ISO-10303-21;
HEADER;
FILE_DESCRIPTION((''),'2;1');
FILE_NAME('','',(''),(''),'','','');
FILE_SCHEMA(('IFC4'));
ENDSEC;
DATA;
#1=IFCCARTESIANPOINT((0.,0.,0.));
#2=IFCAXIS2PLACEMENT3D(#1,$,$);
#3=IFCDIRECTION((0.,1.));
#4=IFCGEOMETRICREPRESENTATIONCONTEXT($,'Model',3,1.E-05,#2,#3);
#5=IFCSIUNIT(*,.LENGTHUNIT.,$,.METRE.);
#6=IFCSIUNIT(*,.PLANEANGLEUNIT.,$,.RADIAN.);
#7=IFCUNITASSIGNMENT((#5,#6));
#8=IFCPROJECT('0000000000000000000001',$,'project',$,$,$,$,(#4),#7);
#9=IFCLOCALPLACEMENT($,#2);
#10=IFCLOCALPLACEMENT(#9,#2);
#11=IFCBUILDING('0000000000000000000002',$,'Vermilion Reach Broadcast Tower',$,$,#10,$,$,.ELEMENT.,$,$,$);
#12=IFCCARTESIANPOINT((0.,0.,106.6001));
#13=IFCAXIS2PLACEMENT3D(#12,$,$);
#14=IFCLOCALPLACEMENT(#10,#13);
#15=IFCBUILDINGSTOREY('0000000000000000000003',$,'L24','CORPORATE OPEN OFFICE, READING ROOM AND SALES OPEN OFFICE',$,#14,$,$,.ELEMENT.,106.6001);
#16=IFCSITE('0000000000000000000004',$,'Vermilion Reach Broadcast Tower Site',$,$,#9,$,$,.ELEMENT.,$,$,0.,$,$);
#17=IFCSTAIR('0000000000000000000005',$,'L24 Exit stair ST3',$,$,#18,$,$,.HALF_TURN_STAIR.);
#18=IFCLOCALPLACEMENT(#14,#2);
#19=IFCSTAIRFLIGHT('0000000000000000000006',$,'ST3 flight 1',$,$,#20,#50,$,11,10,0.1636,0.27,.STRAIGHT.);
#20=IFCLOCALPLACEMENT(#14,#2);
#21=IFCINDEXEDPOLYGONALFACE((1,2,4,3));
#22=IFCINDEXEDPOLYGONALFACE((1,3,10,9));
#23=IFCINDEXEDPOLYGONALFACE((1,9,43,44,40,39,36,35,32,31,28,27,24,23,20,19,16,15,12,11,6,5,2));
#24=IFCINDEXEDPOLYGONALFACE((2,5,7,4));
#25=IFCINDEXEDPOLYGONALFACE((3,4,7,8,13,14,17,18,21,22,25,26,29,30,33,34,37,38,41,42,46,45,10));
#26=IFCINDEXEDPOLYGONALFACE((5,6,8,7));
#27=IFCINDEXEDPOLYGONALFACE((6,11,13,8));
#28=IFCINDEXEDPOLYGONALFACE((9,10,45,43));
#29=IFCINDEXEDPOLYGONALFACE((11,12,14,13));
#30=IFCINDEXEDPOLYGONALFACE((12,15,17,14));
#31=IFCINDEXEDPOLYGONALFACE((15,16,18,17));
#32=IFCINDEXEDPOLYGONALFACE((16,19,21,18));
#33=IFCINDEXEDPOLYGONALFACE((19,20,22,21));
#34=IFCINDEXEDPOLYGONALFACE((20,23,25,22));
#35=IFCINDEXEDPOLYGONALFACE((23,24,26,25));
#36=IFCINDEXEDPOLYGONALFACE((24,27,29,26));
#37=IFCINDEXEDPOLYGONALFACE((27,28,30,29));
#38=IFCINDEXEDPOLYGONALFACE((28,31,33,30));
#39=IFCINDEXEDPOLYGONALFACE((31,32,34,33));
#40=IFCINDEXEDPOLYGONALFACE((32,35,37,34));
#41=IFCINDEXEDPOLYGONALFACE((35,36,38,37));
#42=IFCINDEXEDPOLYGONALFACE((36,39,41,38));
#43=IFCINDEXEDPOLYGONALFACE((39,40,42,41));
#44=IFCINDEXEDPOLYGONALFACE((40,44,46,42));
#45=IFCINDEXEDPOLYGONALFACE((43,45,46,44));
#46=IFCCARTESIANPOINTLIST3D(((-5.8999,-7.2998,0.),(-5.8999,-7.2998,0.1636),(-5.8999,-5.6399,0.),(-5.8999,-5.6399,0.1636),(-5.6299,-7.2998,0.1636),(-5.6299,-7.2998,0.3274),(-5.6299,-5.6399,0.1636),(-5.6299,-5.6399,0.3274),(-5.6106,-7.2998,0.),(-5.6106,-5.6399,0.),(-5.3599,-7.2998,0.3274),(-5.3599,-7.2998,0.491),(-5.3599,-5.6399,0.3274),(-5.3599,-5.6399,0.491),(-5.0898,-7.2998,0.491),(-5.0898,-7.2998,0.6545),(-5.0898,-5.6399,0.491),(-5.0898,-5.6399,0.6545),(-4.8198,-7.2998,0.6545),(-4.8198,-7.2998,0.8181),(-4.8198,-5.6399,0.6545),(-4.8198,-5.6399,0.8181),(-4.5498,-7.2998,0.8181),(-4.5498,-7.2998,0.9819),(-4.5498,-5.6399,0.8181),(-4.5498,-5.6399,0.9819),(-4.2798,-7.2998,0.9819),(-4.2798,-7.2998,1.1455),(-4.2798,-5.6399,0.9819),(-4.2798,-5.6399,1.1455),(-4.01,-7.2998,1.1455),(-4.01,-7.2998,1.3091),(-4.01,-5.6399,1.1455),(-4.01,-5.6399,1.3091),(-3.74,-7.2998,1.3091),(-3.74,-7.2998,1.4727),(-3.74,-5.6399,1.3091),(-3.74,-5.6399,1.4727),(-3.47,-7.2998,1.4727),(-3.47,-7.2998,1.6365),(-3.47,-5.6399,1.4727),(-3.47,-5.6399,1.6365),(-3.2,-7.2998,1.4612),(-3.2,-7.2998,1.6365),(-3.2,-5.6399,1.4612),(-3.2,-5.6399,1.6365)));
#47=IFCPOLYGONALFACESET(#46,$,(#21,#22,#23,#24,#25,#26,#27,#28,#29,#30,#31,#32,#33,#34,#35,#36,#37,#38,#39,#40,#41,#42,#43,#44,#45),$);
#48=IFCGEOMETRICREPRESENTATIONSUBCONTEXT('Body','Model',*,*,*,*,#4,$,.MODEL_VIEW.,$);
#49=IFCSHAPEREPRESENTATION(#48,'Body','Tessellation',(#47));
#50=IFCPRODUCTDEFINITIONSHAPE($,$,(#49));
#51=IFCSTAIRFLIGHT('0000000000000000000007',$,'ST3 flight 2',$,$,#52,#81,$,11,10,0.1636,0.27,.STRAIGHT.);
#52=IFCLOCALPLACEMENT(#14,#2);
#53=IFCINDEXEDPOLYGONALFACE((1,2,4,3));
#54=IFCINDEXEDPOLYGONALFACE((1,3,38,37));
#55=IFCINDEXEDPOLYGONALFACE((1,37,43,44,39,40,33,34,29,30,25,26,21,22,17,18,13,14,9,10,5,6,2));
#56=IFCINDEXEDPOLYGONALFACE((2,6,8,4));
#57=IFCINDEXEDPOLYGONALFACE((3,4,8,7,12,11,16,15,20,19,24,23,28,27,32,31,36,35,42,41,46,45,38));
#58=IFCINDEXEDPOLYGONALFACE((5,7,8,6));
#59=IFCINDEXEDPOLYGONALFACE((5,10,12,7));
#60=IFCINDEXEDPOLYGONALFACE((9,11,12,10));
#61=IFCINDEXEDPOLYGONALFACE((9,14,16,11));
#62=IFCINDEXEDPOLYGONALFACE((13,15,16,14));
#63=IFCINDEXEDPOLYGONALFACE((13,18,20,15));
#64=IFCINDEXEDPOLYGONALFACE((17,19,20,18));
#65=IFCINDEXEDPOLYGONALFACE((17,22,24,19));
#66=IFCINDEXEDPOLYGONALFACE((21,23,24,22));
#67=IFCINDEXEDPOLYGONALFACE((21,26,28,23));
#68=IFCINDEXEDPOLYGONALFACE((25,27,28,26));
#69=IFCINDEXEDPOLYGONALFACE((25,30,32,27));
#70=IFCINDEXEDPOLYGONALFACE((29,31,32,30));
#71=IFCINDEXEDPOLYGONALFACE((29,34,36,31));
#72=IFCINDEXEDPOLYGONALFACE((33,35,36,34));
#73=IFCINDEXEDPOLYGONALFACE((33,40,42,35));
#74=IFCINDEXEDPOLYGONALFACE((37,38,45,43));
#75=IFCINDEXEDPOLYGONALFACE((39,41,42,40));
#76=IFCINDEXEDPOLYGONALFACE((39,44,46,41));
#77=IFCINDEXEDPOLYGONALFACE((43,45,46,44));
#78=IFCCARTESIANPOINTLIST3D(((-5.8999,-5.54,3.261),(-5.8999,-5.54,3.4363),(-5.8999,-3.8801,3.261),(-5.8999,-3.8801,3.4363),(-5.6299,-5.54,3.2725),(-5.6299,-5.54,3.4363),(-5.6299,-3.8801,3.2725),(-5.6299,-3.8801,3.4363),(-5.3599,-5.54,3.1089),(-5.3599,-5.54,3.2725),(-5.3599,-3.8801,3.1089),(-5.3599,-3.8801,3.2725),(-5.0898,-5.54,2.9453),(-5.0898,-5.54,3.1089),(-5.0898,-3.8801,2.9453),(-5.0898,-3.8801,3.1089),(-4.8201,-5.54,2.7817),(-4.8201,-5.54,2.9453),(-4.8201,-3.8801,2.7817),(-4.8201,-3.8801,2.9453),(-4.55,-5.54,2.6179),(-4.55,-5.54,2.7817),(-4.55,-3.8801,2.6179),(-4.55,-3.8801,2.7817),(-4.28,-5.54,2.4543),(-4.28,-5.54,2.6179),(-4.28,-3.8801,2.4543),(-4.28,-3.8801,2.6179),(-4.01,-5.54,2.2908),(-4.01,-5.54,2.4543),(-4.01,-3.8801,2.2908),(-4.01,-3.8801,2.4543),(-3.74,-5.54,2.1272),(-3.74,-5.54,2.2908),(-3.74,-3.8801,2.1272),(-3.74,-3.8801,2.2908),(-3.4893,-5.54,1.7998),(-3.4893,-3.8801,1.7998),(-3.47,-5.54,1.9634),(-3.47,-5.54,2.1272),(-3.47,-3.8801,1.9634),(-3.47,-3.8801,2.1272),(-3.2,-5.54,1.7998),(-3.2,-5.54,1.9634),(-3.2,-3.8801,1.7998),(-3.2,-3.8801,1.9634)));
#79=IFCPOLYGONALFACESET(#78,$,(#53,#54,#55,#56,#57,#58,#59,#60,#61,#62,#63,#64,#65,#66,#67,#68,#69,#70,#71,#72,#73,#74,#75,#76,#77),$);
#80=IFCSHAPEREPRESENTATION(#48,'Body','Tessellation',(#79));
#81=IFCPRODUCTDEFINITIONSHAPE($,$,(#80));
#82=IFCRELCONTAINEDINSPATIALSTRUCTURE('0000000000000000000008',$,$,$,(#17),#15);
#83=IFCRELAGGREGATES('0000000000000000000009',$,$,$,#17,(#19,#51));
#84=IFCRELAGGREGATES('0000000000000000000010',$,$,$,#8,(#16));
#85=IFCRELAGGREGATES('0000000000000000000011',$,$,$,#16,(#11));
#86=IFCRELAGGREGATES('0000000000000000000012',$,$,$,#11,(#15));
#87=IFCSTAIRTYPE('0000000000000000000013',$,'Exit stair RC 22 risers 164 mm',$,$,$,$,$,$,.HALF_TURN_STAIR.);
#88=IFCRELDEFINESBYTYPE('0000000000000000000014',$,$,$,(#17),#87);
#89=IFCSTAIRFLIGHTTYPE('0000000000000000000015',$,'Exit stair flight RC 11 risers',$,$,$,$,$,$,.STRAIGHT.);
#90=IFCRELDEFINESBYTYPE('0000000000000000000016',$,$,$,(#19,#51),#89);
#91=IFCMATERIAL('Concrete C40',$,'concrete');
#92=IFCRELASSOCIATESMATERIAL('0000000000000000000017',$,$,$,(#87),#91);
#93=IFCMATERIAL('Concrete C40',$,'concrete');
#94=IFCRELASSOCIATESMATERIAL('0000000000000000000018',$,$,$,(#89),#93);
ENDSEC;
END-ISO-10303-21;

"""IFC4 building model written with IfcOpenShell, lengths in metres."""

from ifc_helpers import new_model, si_unit, direction, frame, origin, place, context, subcontext, project, spatial, polyline, outline, extrude, material, type_object, element, aggregate, save


model = new_model("IFC4")

# Units and contexts
model_context = context("Model", 3, precision=1e-05, world=origin(), true_north=direction((0.0, 1.0)))
body_context = subcontext(model_context, "Body", "Model", "MODEL_VIEW")
ifc_project = project(units=[si_unit("LENGTHUNIT", "METRE"), si_unit("PLANEANGLEUNIT", "RADIAN")], contexts=[model_context])

# Site, building, storey
site_placement = place(None, origin())
site = spatial("IfcSite", under=ifc_project, at=site_placement, Name="Vermilion Reach Broadcast Tower Site", CompositionType="ELEMENT", RefElevation=0.0)
building_placement = place(site_placement, origin())
building = spatial("IfcBuilding", under=site, at=building_placement, Name="Vermilion Reach Broadcast Tower", CompositionType="ELEMENT")
storey_placement = place(building_placement, frame((0.0, 0.0, 106.6001)))
storey = spatial("IfcBuildingStorey", under=building, at=storey_placement, Name="L24", Description="CORPORATE OPEN OFFICE, READING ROOM AND SALES OPEN OFFICE", CompositionType="ELEMENT", Elevation=106.6001)

# Stair, stair flights
ifc_material_1 = material(Name="Concrete C40", Category="concrete")
stair_type = type_object("IfcStairType", Name="Exit stair RC 22 risers 164 mm", PredefinedType="HALF_TURN_STAIR", material=ifc_material_1)
stair_placement = place(storey_placement, origin())
stair = element("IfcStair", 1, at=stair_placement, inside=storey, type_object=stair_type, Name="L24 Exit stair ST3", PredefinedType="HALF_TURN_STAIR")
ifc_material_2 = material(Name="Concrete C40", Category="concrete")
stair_flight_type = type_object("IfcStairFlightType", Name="Exit stair flight RC 11 risers", PredefinedType="STRAIGHT", material=ifc_material_2)
stair_flight_1_placement = place(storey_placement, frame((-5.8999, -6.47, 0.0), z_axis=(0.0, 0.0, 1.0), x_axis=(1.0, 0.0, 0.0)))
stair_flight_1 = element("IfcStairFlight", 2, at=stair_flight_1_placement, type_object=stair_flight_type, Name="ST3 flight 1", NumberOfRisers=11, NumberOfTreads=10, PredefinedType="STRAIGHT", RiserHeight=0.1636, TreadLength=0.27, context=body_context, shape_type="SweptSolid", body=[
    extrude(outline(polyline([(0.0, 0.0), (0.0, 0.1636), (0.27, 0.1636), (0.27, 0.3274), (0.54, 0.3274), (0.54, 0.491), (0.8101, 0.491), (0.8101, 0.6545), (1.0801, 0.6545), (1.0801, 0.8181), (1.3501, 0.8181), (1.3501, 0.9819), (1.6201, 0.9819), (1.6201, 1.1455), (1.8899, 1.1455), (1.8899, 1.3091), (2.1599, 1.3091), (2.1599, 1.4727), (2.4299, 1.4727), (2.4299, 1.6365), (2.7, 1.6365), (2.7, 1.8), (2.7, 1.4612), (0.2893, 0.0), (0.0, 0.0)])), frame((0.0, 0.8301, 0.0), z_axis=(0.0, -1.0, 0.0), x_axis=(1.0, 0.0, 0.0)), (0.0, 0.0, 1.0), 1.6599),
])
stair_flight_2_placement = place(storey_placement, frame((-3.2, -4.71, 1.7998), z_axis=(0.0, 0.0, 1.0), x_axis=(-1.0, 0.0, 0.0)))
stair_flight_2 = element("IfcStairFlight", 3, at=stair_flight_2_placement, type_object=stair_flight_type, Name="ST3 flight 2", NumberOfRisers=11, NumberOfTreads=10, PredefinedType="STRAIGHT", RiserHeight=0.1636, TreadLength=0.27, context=body_context, shape_type="SweptSolid", body=[
    extrude(outline(polyline([(0.0, 0.0), (0.0, 0.1636), (0.27, 0.1636), (0.27, 0.3274), (0.54, 0.3274), (0.54, 0.491), (0.8101, 0.491), (0.8101, 0.6545), (1.0801, 0.6545), (1.0801, 0.8181), (1.3501, 0.8181), (1.3501, 0.9819), (1.6201, 0.9819), (1.6201, 1.1455), (1.8899, 1.1455), (1.8899, 1.3091), (2.1599, 1.3091), (2.1599, 1.4727), (2.4299, 1.4727), (2.4299, 1.6365), (2.7, 1.6365), (2.7, 1.8), (2.7, 1.4612), (0.2893, 0.0), (0.0, 0.0)])), frame((0.0, 0.8301, 0.0), z_axis=(0.0, -1.0, 0.0), x_axis=(1.0, 0.0, 0.0)), (0.0, 0.0, 1.0), 1.6599),
])
aggregate(stair, [stair_flight_1, stair_flight_2])

save(model, "model.ifc")
